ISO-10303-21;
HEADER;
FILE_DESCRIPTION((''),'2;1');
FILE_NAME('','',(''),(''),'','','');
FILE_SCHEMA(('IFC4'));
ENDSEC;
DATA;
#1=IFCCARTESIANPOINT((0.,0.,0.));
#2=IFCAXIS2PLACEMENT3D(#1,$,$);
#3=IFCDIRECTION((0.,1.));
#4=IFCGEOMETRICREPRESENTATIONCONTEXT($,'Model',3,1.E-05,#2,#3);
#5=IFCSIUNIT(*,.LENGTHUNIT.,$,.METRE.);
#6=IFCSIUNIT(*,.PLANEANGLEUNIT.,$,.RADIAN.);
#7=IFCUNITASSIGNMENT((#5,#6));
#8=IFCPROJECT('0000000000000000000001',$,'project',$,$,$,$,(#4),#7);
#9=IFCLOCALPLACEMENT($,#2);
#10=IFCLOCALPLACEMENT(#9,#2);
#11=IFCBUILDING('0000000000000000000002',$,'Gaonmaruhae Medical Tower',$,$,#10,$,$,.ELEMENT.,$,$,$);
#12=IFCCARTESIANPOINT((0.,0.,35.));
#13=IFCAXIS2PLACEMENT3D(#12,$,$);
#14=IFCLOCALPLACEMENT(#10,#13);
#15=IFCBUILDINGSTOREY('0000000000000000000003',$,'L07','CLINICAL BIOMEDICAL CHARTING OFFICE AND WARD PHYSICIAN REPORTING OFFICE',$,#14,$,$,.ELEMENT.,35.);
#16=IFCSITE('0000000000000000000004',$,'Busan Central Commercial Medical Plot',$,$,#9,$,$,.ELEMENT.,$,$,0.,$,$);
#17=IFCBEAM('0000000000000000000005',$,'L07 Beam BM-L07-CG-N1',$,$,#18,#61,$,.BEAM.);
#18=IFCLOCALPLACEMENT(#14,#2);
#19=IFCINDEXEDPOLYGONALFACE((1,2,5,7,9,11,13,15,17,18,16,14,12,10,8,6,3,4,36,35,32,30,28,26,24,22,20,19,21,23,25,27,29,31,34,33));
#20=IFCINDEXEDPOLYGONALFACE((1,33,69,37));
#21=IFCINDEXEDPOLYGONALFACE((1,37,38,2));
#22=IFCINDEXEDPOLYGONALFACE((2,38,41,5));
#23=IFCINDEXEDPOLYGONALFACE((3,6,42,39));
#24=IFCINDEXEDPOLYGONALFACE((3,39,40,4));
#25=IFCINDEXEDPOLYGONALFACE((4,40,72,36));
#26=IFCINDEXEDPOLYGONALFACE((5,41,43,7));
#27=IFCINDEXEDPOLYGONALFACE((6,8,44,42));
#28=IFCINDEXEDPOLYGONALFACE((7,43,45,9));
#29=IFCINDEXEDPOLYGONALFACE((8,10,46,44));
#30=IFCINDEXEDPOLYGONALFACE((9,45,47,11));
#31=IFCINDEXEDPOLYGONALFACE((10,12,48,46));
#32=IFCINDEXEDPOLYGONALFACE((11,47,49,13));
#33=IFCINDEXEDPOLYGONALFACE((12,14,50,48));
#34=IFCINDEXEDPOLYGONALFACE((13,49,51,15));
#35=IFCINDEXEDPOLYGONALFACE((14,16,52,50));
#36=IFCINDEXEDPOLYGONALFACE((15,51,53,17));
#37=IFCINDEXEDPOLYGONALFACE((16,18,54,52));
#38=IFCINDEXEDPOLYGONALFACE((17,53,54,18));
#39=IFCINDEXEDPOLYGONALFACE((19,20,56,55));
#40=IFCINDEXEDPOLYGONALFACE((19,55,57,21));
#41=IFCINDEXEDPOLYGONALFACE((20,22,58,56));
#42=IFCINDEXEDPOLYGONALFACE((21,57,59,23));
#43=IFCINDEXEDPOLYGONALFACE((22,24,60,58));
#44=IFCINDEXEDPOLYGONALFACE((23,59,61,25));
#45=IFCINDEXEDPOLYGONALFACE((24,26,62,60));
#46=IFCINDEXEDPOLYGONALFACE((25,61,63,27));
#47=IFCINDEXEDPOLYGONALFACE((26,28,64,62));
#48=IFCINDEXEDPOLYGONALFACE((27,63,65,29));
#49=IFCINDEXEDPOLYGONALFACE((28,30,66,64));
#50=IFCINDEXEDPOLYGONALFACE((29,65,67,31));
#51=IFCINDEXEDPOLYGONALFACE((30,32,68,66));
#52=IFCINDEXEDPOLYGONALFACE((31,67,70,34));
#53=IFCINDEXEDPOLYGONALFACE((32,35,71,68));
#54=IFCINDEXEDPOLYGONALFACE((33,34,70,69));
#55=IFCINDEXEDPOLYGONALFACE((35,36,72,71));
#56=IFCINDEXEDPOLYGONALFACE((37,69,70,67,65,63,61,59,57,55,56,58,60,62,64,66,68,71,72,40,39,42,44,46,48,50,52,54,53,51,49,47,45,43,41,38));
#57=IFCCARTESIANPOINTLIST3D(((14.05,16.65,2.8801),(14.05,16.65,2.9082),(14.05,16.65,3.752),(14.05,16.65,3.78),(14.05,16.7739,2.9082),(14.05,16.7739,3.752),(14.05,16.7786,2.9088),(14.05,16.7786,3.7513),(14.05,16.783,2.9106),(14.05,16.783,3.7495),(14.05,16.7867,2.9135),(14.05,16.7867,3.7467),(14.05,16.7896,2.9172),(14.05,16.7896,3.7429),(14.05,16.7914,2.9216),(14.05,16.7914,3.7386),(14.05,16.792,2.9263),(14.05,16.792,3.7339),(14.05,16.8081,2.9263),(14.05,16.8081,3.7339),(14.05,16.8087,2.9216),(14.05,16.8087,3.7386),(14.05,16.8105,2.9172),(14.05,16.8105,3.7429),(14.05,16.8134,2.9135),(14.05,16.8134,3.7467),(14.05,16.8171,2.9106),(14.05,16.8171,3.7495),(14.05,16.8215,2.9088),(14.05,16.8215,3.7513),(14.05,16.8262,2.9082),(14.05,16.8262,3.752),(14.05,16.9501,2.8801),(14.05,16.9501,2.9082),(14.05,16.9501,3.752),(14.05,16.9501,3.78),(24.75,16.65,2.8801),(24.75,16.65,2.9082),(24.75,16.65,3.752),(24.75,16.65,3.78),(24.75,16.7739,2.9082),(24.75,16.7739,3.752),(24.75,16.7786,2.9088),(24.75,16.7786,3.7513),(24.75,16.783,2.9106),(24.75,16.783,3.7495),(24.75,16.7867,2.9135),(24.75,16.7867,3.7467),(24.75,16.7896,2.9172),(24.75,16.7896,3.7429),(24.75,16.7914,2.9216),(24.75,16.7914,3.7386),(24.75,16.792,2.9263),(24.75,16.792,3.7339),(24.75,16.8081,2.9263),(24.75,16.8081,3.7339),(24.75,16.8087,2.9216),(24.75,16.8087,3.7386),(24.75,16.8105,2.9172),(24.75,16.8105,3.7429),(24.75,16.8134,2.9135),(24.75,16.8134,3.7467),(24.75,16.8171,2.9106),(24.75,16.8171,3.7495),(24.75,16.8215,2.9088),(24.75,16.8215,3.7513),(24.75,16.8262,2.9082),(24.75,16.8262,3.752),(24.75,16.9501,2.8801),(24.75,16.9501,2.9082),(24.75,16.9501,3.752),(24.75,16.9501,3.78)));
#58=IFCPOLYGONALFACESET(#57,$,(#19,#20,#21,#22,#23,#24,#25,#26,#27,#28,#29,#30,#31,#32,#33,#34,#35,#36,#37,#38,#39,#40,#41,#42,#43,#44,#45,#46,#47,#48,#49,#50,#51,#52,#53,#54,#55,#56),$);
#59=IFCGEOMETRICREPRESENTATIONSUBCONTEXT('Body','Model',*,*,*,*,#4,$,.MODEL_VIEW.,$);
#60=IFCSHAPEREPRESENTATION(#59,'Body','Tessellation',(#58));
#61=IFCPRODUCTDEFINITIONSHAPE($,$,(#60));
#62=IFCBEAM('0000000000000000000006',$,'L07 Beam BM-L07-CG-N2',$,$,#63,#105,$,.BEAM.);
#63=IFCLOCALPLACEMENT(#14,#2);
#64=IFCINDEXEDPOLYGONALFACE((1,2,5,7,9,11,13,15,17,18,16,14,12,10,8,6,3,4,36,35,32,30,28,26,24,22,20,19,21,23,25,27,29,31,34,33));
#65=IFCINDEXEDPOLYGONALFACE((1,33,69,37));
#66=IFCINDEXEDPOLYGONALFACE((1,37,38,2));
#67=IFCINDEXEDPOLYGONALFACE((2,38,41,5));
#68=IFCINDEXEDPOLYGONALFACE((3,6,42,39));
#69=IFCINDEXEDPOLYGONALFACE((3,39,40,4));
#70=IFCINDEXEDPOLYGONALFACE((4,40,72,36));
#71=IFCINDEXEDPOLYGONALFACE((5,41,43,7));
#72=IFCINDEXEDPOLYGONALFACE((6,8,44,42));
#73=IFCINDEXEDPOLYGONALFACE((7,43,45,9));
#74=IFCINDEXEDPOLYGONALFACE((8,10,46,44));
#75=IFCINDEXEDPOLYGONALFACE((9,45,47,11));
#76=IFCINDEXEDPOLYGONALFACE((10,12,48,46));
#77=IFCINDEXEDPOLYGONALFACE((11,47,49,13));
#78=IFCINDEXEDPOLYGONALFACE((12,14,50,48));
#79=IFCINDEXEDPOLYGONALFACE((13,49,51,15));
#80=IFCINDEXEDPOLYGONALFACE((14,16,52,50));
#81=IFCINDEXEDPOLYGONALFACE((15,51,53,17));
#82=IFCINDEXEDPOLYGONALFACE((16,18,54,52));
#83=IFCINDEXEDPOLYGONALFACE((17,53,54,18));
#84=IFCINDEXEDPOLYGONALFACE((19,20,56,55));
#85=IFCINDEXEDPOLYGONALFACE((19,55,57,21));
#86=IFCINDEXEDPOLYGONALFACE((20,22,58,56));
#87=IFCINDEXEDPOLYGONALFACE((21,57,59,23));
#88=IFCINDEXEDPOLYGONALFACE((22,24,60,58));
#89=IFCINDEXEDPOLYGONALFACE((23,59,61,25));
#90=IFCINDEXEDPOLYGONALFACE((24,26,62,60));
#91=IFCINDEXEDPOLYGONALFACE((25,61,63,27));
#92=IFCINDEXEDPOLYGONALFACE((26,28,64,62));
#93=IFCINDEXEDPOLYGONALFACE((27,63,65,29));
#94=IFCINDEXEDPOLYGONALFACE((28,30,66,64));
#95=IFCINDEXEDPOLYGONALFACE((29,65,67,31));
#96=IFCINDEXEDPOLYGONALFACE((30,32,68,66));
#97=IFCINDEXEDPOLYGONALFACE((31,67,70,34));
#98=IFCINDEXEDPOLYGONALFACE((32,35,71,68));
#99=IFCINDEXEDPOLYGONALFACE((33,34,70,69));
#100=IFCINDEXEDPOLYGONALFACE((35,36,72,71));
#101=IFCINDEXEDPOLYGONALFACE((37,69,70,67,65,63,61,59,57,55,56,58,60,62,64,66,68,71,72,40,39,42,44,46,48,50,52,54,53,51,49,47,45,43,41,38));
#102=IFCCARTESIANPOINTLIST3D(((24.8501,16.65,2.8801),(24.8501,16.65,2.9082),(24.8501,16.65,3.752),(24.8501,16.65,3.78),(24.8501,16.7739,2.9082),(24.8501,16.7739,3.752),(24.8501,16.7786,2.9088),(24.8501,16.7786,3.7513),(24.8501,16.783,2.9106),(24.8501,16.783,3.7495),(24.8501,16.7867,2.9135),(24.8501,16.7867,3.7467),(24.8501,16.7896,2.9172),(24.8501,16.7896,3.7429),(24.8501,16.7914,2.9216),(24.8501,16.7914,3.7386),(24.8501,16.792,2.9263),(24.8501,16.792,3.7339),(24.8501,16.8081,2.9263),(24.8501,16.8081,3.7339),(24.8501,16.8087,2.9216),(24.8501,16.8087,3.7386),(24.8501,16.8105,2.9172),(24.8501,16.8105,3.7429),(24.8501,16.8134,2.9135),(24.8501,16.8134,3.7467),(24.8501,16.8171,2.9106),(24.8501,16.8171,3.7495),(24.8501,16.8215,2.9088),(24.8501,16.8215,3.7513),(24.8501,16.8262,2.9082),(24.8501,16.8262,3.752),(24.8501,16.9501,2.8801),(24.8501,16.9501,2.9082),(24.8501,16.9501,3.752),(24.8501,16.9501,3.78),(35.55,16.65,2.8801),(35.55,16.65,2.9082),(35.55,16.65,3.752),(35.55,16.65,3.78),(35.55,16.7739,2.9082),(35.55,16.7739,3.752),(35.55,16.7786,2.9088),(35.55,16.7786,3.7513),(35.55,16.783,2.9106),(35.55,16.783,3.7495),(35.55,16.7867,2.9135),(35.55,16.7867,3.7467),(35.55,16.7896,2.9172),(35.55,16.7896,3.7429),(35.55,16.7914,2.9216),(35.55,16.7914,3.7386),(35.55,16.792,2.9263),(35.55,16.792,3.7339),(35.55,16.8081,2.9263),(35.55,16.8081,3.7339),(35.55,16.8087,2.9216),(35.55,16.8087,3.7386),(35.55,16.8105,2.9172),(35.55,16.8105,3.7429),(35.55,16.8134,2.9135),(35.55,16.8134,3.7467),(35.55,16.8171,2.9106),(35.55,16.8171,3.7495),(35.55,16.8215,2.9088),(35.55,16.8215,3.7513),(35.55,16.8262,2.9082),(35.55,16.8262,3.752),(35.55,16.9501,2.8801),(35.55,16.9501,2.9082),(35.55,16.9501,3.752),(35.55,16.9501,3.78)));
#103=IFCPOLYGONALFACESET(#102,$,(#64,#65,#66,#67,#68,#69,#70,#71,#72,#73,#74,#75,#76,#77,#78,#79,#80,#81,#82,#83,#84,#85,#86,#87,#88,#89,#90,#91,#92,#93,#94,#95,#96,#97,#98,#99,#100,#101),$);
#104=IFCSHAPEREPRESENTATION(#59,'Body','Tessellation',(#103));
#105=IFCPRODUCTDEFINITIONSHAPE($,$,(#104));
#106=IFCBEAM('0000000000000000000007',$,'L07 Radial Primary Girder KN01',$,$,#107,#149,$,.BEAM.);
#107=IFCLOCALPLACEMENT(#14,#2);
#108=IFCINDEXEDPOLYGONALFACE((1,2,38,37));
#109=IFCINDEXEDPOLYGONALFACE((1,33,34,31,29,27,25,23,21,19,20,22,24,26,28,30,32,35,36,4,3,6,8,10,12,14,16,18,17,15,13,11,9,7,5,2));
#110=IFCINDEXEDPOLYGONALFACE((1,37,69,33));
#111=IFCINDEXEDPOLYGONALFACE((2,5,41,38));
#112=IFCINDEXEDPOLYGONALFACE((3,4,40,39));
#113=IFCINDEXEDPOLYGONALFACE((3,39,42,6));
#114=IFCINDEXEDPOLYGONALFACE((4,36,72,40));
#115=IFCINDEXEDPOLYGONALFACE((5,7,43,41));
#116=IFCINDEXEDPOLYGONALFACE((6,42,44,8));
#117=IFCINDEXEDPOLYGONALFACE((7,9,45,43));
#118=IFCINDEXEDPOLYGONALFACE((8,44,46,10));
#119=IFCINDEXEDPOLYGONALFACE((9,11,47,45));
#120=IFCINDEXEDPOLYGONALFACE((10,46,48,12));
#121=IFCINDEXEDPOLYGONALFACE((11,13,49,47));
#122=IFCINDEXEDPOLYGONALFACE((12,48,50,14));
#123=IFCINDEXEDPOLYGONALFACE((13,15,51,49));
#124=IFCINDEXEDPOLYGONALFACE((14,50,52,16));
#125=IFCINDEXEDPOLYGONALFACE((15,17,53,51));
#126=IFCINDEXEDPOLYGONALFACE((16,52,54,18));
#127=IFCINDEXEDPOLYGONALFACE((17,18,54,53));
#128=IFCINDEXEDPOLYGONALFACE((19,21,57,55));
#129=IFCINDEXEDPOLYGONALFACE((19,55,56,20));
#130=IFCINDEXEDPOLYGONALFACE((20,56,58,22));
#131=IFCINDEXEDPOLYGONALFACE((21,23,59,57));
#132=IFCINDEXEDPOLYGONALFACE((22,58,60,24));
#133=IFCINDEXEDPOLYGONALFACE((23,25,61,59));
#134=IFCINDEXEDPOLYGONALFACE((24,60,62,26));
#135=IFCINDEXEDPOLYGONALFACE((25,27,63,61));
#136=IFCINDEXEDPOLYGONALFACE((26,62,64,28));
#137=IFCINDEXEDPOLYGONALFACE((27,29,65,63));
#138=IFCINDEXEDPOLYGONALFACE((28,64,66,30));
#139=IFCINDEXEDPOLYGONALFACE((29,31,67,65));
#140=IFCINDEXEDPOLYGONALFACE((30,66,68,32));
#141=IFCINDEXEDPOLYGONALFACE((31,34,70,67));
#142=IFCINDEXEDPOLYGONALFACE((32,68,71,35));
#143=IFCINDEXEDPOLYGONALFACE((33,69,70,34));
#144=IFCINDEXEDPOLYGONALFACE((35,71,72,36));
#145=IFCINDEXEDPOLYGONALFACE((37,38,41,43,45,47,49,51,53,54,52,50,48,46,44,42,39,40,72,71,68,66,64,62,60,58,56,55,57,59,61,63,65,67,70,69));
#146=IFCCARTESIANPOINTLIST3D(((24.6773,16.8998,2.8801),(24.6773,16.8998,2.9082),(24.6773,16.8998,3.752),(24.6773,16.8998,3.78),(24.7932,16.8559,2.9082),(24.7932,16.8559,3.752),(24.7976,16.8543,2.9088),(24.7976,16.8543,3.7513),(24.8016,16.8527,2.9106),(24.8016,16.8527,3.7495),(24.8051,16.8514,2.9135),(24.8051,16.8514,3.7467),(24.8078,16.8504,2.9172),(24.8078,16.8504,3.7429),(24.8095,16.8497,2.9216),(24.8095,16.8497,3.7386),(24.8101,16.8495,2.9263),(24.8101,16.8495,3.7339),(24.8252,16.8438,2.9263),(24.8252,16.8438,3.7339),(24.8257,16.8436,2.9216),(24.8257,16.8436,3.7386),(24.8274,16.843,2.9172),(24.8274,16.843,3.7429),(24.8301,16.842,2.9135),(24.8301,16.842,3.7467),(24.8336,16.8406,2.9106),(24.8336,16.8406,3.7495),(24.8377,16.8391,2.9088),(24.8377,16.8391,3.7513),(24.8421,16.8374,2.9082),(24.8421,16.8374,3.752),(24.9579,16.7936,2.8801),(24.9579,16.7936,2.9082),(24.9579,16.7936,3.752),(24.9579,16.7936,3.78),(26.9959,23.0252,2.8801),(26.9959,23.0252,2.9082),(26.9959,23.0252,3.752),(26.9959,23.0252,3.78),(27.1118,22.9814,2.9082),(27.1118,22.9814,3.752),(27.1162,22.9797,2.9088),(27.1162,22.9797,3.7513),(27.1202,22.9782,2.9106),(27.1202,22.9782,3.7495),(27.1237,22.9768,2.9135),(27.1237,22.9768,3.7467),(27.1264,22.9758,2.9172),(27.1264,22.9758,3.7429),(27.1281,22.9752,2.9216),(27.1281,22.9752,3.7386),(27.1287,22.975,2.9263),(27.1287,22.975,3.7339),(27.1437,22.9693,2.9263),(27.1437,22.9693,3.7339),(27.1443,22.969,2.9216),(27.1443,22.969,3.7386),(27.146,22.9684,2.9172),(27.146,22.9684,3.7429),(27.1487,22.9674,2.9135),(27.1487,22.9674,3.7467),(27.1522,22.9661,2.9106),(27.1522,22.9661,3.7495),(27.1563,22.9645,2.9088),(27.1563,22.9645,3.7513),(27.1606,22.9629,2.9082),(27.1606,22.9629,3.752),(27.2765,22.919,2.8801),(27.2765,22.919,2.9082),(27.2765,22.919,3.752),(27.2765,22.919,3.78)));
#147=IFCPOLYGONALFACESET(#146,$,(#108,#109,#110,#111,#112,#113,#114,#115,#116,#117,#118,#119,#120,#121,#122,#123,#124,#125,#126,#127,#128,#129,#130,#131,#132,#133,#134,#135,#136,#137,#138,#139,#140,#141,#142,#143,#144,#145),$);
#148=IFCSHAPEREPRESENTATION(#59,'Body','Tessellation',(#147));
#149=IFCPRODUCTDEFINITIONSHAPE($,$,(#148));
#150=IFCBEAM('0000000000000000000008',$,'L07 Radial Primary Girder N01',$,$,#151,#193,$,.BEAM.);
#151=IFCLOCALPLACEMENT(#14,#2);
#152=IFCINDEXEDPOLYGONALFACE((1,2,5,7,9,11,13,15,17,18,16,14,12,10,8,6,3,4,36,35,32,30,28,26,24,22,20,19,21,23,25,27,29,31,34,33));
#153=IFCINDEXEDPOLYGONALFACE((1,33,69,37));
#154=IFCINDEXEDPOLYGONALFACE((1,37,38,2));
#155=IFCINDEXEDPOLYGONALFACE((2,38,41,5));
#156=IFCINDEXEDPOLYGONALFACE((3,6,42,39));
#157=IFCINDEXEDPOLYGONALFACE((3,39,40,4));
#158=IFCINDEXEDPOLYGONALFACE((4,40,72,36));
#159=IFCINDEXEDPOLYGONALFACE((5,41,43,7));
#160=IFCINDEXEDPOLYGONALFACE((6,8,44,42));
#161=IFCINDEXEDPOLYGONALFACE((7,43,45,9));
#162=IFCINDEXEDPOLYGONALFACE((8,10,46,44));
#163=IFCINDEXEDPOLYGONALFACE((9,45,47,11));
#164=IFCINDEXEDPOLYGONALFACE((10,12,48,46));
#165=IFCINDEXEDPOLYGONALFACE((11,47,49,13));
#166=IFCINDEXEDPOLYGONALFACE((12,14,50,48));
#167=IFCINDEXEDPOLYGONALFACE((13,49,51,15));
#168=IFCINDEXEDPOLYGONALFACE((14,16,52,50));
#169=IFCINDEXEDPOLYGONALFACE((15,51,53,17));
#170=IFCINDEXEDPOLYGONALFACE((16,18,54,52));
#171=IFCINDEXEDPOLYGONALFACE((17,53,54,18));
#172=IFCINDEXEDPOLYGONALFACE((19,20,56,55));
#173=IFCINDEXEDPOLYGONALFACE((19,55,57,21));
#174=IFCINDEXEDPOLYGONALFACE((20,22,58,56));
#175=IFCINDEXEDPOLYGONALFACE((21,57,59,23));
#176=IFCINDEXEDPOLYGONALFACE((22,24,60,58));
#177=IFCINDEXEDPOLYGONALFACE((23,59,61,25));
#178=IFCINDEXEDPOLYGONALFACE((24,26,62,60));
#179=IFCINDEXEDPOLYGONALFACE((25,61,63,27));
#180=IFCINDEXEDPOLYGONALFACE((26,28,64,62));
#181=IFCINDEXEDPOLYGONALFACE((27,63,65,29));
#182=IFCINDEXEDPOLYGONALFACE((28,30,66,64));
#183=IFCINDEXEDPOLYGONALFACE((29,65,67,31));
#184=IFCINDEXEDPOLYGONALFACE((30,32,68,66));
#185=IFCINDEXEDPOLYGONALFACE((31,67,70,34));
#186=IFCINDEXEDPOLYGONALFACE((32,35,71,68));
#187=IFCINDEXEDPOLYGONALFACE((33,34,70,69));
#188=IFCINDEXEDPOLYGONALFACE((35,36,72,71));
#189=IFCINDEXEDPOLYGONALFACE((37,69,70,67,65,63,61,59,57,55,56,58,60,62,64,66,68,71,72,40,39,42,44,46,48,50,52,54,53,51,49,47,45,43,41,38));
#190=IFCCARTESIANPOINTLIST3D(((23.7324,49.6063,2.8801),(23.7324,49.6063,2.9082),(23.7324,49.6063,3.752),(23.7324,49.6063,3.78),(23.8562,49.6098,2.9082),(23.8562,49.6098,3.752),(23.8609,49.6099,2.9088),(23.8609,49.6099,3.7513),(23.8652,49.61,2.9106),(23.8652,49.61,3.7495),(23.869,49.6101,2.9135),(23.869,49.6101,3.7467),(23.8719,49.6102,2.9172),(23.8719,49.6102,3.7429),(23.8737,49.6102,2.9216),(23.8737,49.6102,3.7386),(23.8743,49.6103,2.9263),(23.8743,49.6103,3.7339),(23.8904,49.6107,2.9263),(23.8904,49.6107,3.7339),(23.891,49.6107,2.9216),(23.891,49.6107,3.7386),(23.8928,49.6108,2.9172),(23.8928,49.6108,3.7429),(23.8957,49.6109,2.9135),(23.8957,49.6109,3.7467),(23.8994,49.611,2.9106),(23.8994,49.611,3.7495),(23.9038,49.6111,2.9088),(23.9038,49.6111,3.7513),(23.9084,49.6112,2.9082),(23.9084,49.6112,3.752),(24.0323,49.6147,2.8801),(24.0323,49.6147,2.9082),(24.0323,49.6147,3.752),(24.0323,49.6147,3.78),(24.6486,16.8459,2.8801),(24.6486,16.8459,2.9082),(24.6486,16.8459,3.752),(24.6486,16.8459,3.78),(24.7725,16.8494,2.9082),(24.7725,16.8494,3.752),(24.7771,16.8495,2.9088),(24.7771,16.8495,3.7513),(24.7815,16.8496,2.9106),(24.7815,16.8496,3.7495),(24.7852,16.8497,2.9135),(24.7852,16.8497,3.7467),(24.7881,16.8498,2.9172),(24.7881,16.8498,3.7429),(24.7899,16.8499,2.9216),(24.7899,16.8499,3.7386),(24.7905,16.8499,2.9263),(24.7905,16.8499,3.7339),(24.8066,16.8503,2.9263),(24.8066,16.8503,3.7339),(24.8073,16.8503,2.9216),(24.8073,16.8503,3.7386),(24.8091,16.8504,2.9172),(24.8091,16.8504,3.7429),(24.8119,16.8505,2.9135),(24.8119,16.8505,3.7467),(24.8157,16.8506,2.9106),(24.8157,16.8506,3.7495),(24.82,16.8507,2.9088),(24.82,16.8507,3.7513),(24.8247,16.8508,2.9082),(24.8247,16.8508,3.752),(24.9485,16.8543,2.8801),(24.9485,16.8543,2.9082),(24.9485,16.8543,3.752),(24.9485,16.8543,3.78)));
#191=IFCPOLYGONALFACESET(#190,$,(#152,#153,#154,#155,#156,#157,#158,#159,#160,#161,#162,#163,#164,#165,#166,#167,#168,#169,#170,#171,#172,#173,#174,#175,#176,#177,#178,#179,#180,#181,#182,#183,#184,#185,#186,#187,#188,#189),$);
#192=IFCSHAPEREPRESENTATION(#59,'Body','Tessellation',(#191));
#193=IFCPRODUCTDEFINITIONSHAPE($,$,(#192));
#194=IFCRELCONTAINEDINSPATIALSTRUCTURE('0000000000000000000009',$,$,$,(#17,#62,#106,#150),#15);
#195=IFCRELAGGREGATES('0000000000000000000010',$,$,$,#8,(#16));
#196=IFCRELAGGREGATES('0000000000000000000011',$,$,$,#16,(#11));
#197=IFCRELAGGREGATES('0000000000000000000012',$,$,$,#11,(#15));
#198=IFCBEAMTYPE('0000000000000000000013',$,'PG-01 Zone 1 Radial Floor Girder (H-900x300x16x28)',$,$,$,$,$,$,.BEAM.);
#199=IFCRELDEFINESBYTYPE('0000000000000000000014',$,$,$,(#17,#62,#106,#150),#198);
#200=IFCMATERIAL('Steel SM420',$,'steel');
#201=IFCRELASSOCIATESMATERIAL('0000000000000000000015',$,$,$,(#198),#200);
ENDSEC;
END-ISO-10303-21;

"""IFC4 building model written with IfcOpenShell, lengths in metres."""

from ifc_helpers import new_model, si_unit, direction, frame, origin, origin_2d, place, context, subcontext, project, spatial, i_section, extrude, material, material_profile, profile_set, type_object, element, save


model = new_model("IFC4")

# Units and contexts
model_context = context("Model", 3, precision=1e-05, world=origin(), true_north=direction((0.0, 1.0)))
body_context = subcontext(model_context, "Body", "Model", "MODEL_VIEW")
ifc_project = project(units=[si_unit("LENGTHUNIT", "METRE"), si_unit("PLANEANGLEUNIT", "RADIAN")], contexts=[model_context])

# Site, building, storey
site_placement = place(None, origin())
site = spatial("IfcSite", under=ifc_project, at=site_placement, Name="Busan Central Commercial Medical Plot", CompositionType="ELEMENT", RefElevation=0.0)
building_placement = place(site_placement, origin())
building = spatial("IfcBuilding", under=site, at=building_placement, Name="Gaonmaruhae Medical Tower", CompositionType="ELEMENT")
storey_placement = place(building_placement, frame((0.0, 0.0, 35.0)))
storey = spatial("IfcBuildingStorey", under=building, at=storey_placement, Name="L07", Description="CLINICAL BIOMEDICAL CHARTING OFFICE AND WARD PHYSICIAN REPORTING OFFICE", CompositionType="ELEMENT", Elevation=35.0)

# Beams
ifc_material_1 = material(Name="Steel SM420", Category="steel")
ifc_material_profile_1 = material_profile(ifc_material_1, i_section(OverallWidth=0.3, OverallDepth=0.8999, WebThickness=0.0161, FlangeThickness=0.0281, FilletRadius=0.0181, at=origin_2d()), Name="H-900x300x16x28")
ifc_profile_set_1 = profile_set([ifc_material_profile_1], Name="Steel SM420")
beam_type_1 = type_object("IfcBeamType", Name="PG-01 Zone 1 Radial Floor Girder (H-900x300x16x28)", PredefinedType="BEAM", material=ifc_profile_set_1)
for number, where, z_axis, x_axis, name in (
    (1, (14.05, 16.8, 3.3301), (1.0, 0.0, 0.0), (0.0, 1.0, 0.0), "L07 Beam BM-L07-CG-N1"),
    (2, (24.8501, 16.8, 3.3301), (1.0, 0.0, 0.0), (0.0, 1.0, 0.0), "L07 Beam BM-L07-CG-N2"),
):
    element("IfcBeam", number, at=place(storey_placement, frame(where, z_axis=z_axis, x_axis=x_axis)), inside=storey, type_object=beam_type_1, Name=name, PredefinedType="BEAM", context=body_context, shape_type="SweptSolid", body=[
        extrude(i_section(OverallWidth=0.3, OverallDepth=0.8999, WebThickness=0.0161, FlangeThickness=0.0281, FilletRadius=0.0181, at=origin_2d()), origin(), (0.0, 0.0, 1.0), 10.7),
    ])
beam_1_placement = place(storey_placement, frame((24.8176, 16.8467, 3.3301), z_axis=(0.354006, 0.935243, 0.0), x_axis=(-0.935243, 0.354006, 0.0)))
element("IfcBeam", 3, at=beam_1_placement, inside=storey, type_object=beam_type_1, Name="L07 Radial Primary Girder KN01", PredefinedType="BEAM", context=body_context, shape_type="SweptSolid", body=[
    extrude(i_section(OverallWidth=0.3, OverallDepth=0.8999, WebThickness=0.0161, FlangeThickness=0.0281, FilletRadius=0.0181, at=origin_2d()), origin(), (0.0, 0.0, 1.0), 6.5496),
])
beam_2_placement = place(storey_placement, frame((24.7986, 16.8501, 3.3301), z_axis=(-0.027957, 0.999609, 0.0), x_axis=(-0.999609, -0.027957, 0.0)))
element("IfcBeam", 4, at=beam_2_placement, inside=storey, type_object=beam_type_1, Name="L07 Radial Primary Girder N01", PredefinedType="BEAM", context=body_context, shape_type="SweptSolid", body=[
    extrude(i_section(OverallWidth=0.3, OverallDepth=0.8999, WebThickness=0.0161, FlangeThickness=0.0281, FilletRadius=0.0181, at=origin_2d()), origin(), (0.0, 0.0, 1.0), 32.7732),
])

save(model, "model.ifc")
